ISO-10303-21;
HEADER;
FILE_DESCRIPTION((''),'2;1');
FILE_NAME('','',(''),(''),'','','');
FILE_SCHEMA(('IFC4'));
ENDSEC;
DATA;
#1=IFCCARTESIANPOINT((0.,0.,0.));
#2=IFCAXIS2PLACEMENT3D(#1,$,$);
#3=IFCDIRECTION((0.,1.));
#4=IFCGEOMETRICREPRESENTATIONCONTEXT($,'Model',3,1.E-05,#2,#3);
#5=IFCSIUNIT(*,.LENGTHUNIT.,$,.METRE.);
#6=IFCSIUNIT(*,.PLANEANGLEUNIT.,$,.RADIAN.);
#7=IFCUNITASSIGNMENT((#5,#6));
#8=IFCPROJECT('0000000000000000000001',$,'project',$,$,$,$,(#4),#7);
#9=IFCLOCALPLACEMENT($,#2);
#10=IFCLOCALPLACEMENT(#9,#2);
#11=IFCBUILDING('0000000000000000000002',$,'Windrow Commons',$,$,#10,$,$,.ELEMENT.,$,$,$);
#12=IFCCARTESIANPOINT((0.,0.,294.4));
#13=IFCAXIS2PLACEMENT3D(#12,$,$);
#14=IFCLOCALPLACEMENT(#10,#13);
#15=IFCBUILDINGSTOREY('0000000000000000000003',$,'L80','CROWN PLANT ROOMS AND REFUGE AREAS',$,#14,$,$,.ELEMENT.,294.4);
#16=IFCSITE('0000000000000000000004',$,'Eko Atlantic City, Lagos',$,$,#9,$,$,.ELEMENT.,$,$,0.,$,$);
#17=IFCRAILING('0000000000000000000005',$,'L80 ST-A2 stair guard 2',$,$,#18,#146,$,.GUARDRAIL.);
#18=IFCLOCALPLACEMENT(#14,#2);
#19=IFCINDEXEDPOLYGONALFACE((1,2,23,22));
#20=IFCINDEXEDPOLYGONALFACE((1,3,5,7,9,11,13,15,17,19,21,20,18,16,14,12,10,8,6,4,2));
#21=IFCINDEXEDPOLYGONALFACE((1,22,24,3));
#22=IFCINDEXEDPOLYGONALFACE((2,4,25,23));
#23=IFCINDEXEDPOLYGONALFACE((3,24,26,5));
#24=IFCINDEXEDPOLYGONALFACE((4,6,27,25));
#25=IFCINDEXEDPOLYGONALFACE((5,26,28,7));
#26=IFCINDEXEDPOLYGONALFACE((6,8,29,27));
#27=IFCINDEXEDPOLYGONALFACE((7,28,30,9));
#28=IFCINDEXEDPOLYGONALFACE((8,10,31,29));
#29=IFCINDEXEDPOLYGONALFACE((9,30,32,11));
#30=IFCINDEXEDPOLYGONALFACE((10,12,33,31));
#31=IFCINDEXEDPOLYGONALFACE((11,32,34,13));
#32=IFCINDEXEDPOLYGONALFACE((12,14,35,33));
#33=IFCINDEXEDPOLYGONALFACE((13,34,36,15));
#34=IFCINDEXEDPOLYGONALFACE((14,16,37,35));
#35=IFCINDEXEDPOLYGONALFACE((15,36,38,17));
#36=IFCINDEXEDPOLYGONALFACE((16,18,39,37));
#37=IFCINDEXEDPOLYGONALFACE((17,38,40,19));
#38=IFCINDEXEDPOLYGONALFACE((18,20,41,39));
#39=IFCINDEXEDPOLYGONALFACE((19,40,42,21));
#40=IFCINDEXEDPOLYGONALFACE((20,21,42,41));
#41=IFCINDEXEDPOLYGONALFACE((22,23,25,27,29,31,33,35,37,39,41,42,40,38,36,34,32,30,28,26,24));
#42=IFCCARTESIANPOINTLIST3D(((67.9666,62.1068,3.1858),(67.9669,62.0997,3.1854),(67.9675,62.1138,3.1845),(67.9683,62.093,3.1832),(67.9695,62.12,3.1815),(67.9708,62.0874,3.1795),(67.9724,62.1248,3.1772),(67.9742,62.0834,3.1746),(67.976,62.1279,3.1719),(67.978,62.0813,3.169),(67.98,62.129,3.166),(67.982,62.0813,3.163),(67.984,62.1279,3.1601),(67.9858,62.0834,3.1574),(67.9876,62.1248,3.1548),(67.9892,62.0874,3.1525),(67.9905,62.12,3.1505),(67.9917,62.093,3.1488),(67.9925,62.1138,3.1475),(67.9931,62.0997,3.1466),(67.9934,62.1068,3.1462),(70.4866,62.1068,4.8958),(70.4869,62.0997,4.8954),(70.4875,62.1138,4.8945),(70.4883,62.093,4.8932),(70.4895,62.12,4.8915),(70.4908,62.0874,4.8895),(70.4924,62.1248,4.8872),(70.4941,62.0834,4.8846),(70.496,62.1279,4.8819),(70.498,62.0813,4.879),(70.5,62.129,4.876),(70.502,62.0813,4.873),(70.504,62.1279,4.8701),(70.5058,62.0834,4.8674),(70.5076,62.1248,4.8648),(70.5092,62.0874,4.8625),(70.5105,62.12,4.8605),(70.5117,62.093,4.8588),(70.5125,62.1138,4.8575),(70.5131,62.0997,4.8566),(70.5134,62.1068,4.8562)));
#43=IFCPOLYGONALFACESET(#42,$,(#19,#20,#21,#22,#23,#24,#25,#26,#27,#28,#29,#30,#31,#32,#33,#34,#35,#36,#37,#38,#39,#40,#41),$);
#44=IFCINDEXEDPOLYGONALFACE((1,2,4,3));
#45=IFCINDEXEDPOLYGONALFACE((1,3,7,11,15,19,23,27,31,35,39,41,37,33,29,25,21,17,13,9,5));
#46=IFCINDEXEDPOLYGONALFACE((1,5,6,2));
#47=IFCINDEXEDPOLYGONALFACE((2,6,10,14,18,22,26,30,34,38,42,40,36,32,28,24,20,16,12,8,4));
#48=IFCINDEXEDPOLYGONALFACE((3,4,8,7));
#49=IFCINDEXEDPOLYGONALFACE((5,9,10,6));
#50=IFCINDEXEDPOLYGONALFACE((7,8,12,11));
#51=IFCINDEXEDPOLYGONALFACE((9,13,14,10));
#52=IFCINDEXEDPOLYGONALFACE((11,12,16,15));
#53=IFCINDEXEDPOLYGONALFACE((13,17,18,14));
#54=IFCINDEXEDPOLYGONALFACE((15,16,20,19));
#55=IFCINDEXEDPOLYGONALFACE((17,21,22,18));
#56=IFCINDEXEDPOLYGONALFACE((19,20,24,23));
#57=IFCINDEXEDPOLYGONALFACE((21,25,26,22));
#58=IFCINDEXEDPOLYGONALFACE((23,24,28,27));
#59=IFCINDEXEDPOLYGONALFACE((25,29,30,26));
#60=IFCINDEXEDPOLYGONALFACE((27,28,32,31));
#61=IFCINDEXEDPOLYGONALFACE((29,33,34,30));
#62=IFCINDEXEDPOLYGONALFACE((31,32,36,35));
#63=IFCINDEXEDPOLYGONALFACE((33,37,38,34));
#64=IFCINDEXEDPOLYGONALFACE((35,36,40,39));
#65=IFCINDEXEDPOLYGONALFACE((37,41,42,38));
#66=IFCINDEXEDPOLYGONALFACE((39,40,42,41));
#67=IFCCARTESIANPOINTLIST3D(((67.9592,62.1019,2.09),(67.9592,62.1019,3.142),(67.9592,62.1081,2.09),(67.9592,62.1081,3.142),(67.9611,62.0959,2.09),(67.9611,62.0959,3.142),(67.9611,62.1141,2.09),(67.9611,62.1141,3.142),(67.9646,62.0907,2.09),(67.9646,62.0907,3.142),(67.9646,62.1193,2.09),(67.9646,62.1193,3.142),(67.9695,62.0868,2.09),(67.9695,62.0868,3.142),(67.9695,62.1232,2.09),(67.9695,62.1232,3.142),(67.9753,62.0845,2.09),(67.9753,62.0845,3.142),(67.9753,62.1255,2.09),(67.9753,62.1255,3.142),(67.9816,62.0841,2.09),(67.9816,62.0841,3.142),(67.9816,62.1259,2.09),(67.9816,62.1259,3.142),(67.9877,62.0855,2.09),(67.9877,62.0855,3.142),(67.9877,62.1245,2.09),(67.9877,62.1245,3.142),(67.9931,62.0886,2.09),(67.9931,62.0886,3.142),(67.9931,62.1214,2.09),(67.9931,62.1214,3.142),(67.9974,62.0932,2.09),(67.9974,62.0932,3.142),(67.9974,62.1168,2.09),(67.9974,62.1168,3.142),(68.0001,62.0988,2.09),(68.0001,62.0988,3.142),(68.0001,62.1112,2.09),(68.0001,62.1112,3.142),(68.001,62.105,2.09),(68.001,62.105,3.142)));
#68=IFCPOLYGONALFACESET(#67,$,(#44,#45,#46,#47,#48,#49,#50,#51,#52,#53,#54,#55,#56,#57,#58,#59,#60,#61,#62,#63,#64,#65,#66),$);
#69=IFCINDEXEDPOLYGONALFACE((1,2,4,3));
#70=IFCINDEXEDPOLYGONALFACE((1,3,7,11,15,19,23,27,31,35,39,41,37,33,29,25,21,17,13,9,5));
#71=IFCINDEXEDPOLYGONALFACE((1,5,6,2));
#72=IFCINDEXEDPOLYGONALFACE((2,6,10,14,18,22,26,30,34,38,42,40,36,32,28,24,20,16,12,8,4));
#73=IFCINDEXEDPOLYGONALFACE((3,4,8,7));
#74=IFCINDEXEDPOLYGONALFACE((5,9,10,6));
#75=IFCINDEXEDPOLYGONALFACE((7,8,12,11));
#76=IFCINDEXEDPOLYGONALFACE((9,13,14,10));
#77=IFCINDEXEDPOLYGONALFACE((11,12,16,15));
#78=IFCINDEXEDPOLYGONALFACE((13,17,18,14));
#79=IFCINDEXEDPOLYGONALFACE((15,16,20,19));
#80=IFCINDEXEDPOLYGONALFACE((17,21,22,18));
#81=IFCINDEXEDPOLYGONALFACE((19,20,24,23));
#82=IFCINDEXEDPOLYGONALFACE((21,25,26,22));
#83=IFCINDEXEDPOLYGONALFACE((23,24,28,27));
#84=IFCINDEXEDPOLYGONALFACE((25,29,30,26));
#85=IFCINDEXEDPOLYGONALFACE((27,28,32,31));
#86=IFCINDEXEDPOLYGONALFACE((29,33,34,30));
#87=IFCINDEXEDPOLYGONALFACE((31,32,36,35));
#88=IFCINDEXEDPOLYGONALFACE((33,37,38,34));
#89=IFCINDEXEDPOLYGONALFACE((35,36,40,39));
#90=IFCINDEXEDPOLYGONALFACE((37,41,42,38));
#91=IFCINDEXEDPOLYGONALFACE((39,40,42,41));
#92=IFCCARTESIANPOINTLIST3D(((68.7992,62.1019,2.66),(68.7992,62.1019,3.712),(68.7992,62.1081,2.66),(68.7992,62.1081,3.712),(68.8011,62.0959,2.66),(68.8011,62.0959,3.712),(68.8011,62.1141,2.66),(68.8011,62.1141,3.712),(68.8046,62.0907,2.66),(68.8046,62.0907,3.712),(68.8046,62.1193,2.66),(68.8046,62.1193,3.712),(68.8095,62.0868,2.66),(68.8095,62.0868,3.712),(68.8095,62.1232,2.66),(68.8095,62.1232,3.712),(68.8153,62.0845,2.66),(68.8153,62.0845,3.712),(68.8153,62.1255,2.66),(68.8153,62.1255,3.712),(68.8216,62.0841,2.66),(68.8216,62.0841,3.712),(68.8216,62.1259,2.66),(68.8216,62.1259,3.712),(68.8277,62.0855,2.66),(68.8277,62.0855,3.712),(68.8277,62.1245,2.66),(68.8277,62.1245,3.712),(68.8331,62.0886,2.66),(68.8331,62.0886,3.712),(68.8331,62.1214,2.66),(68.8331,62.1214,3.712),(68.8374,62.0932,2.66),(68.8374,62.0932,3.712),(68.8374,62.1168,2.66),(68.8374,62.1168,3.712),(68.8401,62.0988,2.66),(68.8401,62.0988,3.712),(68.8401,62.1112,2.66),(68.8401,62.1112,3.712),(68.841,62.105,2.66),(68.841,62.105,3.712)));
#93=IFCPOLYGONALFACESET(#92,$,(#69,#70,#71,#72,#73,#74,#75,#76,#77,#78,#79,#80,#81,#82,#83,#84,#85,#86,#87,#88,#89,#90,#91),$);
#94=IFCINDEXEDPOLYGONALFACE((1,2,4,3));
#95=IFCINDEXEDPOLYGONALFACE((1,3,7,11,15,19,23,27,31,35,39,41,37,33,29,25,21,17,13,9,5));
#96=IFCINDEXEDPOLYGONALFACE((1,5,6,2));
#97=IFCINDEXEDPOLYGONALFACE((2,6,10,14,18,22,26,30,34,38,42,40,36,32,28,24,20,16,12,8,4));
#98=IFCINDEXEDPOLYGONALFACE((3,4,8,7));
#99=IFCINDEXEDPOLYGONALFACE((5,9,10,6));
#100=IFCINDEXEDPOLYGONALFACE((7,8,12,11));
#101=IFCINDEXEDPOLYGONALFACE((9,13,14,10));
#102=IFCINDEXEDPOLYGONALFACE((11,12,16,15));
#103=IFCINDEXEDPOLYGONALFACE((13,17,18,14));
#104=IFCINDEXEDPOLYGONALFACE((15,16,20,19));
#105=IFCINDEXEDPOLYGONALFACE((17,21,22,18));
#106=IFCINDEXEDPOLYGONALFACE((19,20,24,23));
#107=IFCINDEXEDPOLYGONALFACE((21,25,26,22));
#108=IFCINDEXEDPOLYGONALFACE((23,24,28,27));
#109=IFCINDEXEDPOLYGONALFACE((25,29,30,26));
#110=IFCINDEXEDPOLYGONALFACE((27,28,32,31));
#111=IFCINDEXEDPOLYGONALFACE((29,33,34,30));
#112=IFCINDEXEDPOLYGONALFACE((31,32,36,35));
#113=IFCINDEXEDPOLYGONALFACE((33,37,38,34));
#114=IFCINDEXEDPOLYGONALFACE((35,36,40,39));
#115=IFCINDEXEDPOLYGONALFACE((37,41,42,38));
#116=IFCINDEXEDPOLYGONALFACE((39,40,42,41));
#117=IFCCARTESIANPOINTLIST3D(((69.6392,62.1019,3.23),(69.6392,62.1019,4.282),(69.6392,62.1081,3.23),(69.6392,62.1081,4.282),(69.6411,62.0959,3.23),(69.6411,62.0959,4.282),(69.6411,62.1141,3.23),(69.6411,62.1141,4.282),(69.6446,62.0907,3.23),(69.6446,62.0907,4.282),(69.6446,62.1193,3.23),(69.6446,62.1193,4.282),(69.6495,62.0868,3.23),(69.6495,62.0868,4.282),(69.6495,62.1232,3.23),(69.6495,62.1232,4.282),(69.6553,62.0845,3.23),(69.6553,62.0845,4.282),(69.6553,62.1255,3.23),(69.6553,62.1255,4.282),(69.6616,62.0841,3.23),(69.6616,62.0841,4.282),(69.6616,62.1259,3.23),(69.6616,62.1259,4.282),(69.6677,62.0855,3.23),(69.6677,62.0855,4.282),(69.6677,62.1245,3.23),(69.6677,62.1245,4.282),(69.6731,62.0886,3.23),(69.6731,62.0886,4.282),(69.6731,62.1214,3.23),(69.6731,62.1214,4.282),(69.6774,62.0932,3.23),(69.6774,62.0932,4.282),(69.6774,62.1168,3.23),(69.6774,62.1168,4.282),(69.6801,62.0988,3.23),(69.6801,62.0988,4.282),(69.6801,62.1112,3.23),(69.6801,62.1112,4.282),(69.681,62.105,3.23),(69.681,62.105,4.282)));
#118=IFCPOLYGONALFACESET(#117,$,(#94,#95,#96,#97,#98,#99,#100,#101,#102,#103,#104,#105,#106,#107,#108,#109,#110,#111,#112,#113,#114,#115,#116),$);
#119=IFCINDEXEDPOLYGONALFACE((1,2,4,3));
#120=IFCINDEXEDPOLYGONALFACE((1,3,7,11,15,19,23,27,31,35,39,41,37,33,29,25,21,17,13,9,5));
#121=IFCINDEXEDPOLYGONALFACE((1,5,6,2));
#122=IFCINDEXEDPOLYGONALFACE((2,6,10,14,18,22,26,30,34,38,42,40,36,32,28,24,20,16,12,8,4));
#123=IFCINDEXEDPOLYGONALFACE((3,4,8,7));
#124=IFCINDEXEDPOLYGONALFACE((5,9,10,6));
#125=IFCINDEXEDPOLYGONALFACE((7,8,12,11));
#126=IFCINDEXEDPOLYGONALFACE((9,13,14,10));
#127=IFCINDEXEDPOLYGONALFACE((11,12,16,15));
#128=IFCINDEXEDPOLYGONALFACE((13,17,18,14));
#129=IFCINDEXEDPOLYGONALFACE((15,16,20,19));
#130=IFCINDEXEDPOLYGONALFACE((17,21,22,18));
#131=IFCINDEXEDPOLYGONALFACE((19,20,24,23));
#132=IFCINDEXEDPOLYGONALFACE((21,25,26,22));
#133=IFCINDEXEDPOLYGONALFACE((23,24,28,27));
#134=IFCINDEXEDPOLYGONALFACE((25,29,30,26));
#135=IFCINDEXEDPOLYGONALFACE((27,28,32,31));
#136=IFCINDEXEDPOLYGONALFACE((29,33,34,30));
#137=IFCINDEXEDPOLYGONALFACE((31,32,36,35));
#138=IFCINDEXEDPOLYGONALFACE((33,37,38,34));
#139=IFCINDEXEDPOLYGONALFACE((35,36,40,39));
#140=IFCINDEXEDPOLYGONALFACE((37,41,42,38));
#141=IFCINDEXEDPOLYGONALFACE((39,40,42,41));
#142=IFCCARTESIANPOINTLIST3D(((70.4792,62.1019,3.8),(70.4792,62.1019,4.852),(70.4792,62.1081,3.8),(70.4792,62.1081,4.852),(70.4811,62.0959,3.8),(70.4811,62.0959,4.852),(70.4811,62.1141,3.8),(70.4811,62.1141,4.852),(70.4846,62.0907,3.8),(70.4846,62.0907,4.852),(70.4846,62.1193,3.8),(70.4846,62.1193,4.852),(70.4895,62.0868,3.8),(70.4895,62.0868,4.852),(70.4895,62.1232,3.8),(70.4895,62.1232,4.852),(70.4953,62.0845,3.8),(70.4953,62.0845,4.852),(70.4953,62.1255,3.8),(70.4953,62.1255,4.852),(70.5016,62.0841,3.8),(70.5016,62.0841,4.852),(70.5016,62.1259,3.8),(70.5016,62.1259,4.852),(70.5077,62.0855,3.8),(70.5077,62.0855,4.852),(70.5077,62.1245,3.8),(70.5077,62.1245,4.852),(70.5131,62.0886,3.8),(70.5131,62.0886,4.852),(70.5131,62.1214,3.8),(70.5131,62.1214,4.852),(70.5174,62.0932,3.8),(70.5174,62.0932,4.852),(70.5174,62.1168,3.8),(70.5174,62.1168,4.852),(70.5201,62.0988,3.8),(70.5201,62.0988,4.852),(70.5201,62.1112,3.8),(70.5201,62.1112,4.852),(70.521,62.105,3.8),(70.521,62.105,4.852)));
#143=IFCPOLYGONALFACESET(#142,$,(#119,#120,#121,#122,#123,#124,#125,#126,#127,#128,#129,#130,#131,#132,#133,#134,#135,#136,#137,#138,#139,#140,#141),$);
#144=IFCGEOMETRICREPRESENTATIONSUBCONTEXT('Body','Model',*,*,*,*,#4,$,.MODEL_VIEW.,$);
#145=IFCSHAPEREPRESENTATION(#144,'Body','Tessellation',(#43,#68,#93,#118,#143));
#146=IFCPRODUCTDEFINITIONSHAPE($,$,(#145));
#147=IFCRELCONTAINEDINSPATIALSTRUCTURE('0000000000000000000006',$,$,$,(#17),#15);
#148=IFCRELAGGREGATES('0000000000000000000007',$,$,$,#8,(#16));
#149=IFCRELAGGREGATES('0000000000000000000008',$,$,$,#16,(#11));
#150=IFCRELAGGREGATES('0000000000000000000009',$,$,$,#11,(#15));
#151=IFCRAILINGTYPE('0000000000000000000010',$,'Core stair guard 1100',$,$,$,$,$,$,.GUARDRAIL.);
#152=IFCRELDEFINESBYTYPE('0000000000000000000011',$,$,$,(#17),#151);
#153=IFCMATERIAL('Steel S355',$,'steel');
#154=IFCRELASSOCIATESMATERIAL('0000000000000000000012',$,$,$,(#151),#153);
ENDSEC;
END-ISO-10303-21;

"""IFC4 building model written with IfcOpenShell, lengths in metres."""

from ifc_helpers import new_model, si_unit, direction, frame, origin, origin_2d, place, context, subcontext, project, spatial, circle, extrude, material, type_object, element, save


model = new_model("IFC4")

# Units and contexts
model_context = context("Model", 3, precision=1e-05, world=origin(), true_north=direction((0.0, 1.0)))
body_context = subcontext(model_context, "Body", "Model", "MODEL_VIEW")
ifc_project = project(units=[si_unit("LENGTHUNIT", "METRE"), si_unit("PLANEANGLEUNIT", "RADIAN")], contexts=[model_context])

# Site, building, storey
site_placement = place(None, origin())
site = spatial("IfcSite", under=ifc_project, at=site_placement, Name="Eko Atlantic City, Lagos", CompositionType="ELEMENT", RefElevation=0.0)
building_placement = place(site_placement, origin())
building = spatial("IfcBuilding", under=site, at=building_placement, Name="Windrow Commons", CompositionType="ELEMENT")
storey_placement = place(building_placement, frame((0.0, 0.0, 294.4)))
storey = spatial("IfcBuildingStorey", under=building, at=storey_placement, Name="L80", Description="CROWN PLANT ROOMS AND REFUGE AREAS", CompositionType="ELEMENT", Elevation=294.4)

# Railing
ifc_material_1 = material(Name="Steel S355", Category="steel")
railing_type_1 = type_object("IfcRailingType", Name="Core stair guard 1100", PredefinedType="GUARDRAIL", material=ifc_material_1)
railing_1_placement = place(storey_placement, frame((67.98, 62.105, 2.09)))
element("IfcRailing", 1, at=railing_1_placement, inside=storey, type_object=railing_type_1, Name="L80 ST-A2 stair guard 2", PredefinedType="GUARDRAIL", context=body_context, shape_type="SweptSolid", body=[
    extrude(circle(Radius=0.024, at=origin_2d()), frame((0.0, 0.0, 1.076), z_axis=(0.827476, 0.0, 0.561501), x_axis=(0.0, 1.0, 0.0)), (0.0, 0.0, 1.0), 3.0454),
    extrude(circle(Radius=0.021, at=origin_2d()), origin(), (0.0, 0.0, 1.0), 1.052),
    extrude(circle(Radius=0.021, at=origin_2d()), frame((0.84, 0.0, 0.57)), (0.0, 0.0, 1.0), 1.052),
    extrude(circle(Radius=0.021, at=origin_2d()), frame((1.68, 0.0, 1.14)), (0.0, 0.0, 1.0), 1.052),
    extrude(circle(Radius=0.021, at=origin_2d()), frame((2.52, 0.0, 1.71)), (0.0, 0.0, 1.0), 1.052),
])

save(model, "model.ifc")
